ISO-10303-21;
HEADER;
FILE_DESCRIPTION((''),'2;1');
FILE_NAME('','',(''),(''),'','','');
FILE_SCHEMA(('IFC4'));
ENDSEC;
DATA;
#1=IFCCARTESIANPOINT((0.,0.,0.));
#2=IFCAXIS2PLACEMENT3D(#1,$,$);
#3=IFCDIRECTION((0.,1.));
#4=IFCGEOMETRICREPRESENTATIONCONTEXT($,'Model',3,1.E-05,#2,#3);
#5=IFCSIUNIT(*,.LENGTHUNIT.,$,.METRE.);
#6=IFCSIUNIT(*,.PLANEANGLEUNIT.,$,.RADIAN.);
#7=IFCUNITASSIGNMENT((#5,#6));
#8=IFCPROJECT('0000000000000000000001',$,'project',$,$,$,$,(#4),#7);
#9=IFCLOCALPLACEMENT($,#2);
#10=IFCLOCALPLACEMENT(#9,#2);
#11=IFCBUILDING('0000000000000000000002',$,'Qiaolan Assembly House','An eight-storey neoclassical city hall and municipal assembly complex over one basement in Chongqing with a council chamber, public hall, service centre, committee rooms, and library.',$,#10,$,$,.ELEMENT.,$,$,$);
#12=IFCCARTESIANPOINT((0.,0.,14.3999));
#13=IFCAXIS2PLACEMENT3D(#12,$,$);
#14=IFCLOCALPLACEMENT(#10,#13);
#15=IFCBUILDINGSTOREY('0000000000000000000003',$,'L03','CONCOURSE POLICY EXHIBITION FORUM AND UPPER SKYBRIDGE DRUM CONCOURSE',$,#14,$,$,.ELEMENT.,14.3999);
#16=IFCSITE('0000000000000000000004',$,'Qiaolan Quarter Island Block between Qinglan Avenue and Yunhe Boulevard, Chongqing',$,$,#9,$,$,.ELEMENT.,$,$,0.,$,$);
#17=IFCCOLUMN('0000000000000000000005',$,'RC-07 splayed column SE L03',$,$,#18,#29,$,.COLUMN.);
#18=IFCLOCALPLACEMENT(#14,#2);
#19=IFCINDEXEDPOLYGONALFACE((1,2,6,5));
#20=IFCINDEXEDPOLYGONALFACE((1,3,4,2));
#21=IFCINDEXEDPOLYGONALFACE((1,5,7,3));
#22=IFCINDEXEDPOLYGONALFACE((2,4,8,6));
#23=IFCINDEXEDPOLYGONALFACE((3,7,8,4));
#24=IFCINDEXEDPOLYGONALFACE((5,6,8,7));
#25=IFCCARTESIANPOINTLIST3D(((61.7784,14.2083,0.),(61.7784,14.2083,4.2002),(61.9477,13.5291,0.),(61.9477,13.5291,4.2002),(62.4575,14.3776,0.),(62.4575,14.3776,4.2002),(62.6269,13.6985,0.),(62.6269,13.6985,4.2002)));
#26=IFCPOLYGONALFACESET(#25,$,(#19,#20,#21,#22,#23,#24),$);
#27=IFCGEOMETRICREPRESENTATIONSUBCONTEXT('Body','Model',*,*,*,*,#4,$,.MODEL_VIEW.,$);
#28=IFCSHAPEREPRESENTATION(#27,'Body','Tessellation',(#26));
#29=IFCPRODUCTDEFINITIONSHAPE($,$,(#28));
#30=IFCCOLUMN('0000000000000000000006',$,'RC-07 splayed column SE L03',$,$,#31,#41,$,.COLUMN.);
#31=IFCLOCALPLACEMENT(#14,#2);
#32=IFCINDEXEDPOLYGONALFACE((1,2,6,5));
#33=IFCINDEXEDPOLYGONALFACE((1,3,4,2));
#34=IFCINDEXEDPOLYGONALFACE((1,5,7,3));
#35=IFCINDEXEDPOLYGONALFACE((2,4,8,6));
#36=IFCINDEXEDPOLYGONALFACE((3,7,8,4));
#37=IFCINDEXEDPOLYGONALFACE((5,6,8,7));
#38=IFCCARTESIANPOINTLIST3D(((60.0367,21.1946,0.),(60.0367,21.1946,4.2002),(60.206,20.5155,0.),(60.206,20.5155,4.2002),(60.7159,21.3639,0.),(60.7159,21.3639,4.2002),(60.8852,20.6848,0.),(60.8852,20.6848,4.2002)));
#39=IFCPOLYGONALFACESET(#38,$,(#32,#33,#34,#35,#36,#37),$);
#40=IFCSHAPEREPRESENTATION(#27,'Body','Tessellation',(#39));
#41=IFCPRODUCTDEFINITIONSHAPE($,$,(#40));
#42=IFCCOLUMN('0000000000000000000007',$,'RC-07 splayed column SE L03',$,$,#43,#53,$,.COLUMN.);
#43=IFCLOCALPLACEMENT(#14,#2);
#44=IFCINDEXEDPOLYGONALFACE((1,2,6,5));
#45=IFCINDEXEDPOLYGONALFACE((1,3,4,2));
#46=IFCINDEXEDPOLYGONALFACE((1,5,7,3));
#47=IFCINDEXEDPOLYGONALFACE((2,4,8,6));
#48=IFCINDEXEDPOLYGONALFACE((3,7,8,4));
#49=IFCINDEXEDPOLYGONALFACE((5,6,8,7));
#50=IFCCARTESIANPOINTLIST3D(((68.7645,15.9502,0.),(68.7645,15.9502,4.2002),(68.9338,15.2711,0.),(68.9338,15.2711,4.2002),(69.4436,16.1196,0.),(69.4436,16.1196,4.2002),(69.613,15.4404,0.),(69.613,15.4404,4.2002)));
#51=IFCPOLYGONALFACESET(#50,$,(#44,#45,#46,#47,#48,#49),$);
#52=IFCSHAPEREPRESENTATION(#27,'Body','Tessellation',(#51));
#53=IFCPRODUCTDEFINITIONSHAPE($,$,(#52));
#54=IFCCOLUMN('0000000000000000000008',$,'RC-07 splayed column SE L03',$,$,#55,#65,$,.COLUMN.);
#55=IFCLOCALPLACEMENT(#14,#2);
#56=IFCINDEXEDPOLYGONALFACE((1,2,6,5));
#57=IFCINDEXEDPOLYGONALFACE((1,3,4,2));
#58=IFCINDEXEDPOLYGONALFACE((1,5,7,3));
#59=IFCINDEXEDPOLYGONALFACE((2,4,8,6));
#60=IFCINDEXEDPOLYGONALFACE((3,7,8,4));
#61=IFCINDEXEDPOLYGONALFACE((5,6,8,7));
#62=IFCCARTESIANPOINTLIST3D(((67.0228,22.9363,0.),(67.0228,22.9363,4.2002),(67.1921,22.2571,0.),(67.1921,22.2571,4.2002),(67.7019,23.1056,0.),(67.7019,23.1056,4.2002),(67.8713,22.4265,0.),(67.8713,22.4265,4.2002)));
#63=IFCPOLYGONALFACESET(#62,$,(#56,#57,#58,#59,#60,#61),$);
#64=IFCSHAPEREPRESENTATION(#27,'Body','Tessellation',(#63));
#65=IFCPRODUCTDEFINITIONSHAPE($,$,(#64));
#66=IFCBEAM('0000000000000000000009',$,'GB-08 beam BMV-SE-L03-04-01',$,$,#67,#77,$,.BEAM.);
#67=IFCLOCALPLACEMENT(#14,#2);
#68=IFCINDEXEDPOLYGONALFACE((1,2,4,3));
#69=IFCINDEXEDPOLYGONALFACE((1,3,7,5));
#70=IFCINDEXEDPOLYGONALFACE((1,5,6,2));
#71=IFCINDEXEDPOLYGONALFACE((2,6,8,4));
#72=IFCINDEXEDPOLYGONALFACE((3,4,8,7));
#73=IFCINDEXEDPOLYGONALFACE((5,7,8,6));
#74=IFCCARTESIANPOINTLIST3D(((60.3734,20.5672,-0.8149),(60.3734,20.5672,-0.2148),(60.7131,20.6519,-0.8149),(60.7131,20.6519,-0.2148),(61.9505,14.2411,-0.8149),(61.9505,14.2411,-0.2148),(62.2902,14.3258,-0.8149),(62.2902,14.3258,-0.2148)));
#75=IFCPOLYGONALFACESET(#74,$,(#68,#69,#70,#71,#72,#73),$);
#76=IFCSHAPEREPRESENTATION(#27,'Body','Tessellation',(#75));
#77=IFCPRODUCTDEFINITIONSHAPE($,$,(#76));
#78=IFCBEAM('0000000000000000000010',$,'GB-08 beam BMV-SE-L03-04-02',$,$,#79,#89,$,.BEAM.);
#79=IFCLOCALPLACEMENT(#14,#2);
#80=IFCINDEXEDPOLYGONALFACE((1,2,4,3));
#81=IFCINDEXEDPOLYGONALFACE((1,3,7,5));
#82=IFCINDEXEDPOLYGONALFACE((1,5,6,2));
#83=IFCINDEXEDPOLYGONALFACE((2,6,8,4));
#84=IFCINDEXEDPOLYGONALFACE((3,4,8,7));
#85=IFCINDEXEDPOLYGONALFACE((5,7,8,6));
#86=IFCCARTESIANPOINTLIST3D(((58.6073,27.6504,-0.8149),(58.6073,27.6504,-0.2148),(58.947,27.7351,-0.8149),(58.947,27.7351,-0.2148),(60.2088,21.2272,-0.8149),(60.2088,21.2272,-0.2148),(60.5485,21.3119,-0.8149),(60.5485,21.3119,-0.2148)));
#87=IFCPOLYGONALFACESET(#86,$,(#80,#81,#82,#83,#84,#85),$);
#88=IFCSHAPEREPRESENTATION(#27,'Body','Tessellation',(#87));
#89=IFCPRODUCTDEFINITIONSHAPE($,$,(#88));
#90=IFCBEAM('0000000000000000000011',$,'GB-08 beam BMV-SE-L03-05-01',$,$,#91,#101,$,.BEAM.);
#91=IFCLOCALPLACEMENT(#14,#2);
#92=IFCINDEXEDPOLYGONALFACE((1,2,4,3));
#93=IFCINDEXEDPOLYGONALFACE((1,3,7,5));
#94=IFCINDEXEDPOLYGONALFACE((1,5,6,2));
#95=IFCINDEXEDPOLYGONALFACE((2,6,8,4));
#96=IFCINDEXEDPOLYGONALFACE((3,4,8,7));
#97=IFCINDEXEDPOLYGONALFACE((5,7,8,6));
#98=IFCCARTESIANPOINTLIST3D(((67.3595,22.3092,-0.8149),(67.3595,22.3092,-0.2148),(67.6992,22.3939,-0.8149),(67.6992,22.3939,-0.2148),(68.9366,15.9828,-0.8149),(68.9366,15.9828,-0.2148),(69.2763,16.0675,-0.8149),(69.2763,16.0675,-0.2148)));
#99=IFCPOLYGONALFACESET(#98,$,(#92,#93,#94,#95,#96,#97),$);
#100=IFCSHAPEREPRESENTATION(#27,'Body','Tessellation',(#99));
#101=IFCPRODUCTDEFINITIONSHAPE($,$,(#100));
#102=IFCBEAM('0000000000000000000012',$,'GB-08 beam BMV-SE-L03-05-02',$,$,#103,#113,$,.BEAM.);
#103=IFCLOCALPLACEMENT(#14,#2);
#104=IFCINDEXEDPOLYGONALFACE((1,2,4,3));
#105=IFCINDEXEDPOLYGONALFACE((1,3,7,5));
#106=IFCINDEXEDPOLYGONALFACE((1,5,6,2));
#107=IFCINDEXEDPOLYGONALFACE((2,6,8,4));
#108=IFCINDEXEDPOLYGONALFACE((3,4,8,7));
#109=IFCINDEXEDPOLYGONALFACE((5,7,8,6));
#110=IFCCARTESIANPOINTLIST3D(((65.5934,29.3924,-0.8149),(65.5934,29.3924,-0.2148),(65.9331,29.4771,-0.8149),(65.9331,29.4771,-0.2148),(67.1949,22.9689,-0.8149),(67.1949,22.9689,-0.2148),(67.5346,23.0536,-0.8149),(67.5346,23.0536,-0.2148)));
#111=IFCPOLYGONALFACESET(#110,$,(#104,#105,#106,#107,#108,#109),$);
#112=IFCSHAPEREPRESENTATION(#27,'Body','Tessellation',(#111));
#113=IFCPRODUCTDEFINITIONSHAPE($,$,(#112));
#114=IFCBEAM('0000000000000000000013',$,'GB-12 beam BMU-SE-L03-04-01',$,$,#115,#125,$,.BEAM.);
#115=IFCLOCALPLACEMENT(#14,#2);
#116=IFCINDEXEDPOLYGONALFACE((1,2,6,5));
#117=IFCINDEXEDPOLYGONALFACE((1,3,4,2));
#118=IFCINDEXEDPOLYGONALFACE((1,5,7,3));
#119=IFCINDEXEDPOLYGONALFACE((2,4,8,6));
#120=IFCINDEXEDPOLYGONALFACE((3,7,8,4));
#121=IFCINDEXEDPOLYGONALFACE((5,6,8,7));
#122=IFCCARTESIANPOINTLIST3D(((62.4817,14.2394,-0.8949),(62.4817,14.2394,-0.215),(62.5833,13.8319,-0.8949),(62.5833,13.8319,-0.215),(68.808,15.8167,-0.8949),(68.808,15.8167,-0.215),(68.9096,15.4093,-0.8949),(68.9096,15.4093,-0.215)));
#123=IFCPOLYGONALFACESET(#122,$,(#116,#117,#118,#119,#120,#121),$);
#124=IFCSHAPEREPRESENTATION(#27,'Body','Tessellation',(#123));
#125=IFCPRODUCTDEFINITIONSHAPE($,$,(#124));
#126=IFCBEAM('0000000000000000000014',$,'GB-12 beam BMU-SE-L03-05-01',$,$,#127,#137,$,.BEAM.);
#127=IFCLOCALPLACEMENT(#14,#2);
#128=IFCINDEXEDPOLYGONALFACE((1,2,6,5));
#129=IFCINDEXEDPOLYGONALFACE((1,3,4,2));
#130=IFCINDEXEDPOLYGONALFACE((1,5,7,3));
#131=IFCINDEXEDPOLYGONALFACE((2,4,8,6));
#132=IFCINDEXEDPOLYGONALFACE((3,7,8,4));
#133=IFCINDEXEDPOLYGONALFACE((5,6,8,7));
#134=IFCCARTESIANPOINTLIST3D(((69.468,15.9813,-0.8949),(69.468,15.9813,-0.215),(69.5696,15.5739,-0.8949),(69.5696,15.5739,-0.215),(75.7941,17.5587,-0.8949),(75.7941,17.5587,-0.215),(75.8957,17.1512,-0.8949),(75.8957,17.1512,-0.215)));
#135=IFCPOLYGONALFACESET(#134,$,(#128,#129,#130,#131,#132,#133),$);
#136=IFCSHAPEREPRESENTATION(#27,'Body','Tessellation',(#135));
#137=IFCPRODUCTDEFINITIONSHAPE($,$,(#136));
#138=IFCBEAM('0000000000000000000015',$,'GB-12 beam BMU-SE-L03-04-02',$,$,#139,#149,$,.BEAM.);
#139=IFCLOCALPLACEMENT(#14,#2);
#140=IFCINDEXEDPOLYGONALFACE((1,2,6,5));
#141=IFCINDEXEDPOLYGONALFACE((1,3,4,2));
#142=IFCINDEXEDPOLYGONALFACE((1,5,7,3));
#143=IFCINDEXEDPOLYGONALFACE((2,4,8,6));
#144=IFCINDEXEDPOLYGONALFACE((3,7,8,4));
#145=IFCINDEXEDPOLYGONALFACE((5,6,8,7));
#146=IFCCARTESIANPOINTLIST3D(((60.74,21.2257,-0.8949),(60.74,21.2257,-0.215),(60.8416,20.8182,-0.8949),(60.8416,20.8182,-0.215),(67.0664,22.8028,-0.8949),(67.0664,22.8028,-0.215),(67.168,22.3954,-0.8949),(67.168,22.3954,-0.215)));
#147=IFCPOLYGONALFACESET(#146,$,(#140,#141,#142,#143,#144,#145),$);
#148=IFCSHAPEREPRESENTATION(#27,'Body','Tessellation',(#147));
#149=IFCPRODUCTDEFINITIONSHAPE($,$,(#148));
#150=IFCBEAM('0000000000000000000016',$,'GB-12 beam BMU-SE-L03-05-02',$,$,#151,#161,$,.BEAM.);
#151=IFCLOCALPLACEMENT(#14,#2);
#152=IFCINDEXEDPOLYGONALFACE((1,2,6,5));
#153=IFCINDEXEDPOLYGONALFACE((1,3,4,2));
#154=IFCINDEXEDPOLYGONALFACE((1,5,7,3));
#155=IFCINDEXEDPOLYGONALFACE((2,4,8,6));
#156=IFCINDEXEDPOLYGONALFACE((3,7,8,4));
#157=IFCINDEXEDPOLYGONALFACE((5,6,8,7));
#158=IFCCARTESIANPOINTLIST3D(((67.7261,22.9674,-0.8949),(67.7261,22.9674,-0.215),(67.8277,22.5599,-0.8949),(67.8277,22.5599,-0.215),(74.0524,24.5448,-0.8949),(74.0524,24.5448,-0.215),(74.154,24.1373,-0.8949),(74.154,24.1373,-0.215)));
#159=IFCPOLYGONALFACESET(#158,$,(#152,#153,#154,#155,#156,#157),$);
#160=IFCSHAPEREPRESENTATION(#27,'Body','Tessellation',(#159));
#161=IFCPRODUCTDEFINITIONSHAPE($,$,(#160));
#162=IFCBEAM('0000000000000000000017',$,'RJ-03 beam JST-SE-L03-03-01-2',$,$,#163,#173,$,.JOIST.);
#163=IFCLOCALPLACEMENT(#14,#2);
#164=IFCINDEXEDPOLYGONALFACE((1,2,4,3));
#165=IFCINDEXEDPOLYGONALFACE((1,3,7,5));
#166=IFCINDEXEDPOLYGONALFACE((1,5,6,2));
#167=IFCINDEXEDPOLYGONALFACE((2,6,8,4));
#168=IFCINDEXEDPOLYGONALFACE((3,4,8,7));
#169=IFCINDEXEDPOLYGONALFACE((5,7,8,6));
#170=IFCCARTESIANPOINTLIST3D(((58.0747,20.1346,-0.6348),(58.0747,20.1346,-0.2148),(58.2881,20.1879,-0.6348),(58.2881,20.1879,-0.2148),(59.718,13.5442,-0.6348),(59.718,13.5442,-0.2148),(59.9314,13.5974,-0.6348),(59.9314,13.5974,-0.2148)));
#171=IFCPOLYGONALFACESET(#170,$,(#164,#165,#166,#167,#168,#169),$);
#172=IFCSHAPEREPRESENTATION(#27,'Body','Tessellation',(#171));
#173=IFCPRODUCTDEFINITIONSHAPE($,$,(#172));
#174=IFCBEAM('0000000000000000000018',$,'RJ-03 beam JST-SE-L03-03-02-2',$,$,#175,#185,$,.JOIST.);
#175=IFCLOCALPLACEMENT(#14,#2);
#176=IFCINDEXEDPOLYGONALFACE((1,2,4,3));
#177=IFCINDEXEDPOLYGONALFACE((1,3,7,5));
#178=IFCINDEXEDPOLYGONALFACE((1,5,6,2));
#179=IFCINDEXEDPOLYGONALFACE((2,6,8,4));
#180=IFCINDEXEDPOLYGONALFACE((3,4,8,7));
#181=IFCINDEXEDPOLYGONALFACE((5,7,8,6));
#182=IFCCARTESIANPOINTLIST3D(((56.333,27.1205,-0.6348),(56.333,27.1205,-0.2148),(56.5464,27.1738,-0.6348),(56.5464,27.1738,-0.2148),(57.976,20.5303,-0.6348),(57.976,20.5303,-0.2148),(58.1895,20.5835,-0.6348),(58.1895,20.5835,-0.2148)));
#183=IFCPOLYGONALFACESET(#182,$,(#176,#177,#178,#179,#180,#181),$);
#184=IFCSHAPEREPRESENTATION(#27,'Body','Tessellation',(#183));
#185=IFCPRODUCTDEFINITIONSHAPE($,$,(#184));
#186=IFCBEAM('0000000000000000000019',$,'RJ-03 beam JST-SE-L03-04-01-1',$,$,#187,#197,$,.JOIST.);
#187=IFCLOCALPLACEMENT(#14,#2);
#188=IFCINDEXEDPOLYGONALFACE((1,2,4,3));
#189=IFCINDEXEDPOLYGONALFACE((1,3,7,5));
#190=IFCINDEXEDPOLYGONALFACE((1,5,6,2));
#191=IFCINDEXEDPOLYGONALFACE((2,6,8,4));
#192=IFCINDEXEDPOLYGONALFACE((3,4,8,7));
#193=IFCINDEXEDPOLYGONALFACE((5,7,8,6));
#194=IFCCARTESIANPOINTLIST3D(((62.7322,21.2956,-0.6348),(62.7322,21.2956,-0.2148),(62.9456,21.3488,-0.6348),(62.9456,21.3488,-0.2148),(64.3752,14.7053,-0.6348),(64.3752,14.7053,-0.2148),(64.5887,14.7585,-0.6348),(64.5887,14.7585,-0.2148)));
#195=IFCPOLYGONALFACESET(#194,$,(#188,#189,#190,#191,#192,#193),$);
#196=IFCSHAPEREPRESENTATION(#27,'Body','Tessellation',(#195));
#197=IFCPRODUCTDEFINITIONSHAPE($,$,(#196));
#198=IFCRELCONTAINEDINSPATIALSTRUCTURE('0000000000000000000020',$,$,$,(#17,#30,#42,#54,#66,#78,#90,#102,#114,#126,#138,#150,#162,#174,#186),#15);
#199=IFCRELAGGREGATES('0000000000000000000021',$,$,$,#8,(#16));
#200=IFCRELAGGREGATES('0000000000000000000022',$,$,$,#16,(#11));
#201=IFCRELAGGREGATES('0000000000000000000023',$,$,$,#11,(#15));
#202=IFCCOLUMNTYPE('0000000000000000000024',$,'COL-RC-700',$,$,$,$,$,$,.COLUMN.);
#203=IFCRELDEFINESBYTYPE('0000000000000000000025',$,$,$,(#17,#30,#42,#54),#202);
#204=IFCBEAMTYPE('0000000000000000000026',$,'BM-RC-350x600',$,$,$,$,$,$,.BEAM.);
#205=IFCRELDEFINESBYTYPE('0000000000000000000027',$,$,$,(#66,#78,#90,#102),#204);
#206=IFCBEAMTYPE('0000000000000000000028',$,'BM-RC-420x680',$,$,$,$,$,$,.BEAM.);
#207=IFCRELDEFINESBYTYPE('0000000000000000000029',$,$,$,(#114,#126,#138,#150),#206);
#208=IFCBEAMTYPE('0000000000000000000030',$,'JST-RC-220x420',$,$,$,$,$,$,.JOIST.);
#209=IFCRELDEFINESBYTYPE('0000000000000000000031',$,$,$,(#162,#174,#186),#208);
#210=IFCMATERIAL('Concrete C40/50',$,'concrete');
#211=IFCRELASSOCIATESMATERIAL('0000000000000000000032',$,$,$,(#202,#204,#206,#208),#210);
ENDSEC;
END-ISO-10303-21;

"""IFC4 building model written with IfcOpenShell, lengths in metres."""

from ifc_helpers import new_model, si_unit, direction, frame, origin, origin_2d, place, context, subcontext, project, spatial, rectangle, extrude, material, material_profile, profile_set, type_object, element, save


model = new_model("IFC4")

# Units and contexts
model_context = context("Model", 3, precision=1e-05, world=origin(), true_north=direction((0.0, 1.0)))
body_context = subcontext(model_context, "Body", "Model", "MODEL_VIEW")
ifc_project = project(units=[si_unit("LENGTHUNIT", "METRE"), si_unit("PLANEANGLEUNIT", "RADIAN")], contexts=[model_context])

# Site, building, storey
site_placement = place(None, origin())
site = spatial("IfcSite", under=ifc_project, at=site_placement, Name="Qiaolan Quarter Island Block between Qinglan Avenue and Yunhe Boulevard, Chongqing", CompositionType="ELEMENT", RefElevation=0.0)
building_placement = place(site_placement, origin())
building = spatial("IfcBuilding", under=site, at=building_placement, Name="Qiaolan Assembly House", Description="An eight-storey neoclassical city hall and municipal assembly complex over one basement in Chongqing with a council chamber, public hall, service centre, committee rooms, and library.", CompositionType="ELEMENT")
storey_placement = place(building_placement, frame((0.0, 0.0, 14.3999)))
storey = spatial("IfcBuildingStorey", under=building, at=storey_placement, Name="L03", Description="CONCOURSE POLICY EXHIBITION FORUM AND UPPER SKYBRIDGE DRUM CONCOURSE", CompositionType="ELEMENT", Elevation=14.3999)

# Columns
ifc_material = material(Name="Concrete C40/50", Category="concrete")
ifc_material_profile_1 = material_profile(ifc_material, rectangle(XDim=0.7, YDim=0.7, at=origin_2d()), Name="RC 700x700")
ifc_profile_set_1 = profile_set([ifc_material_profile_1], Name="Concrete C40/50")
column_type = type_object("IfcColumnType", Name="COL-RC-700", PredefinedType="COLUMN", material=ifc_profile_set_1)
for number, where, z_axis, x_axis, name in (
    (1, (62.2026, 13.9534, 0.0), (0.0, 0.0, 1.0), (0.970296, 0.241922, 0.0), "RC-07 splayed column SE L03"),
    (2, (60.4609, 20.9397, 0.0), (0.0, 0.0, 1.0), (0.970296, 0.241922, 0.0), "RC-07 splayed column SE L03"),
    (3, (69.1887, 15.6953, 0.0), (0.0, 0.0, 1.0), (0.970296, 0.241922, 0.0), "RC-07 splayed column SE L03"),
    (4, (67.447, 22.6814, 0.0), (0.0, 0.0, 1.0), (0.970296, 0.241922, 0.0), "RC-07 splayed column SE L03"),
):
    element("IfcColumn", number, at=place(storey_placement, frame(where, z_axis=z_axis, x_axis=x_axis)), inside=storey, type_object=column_type, Name=name, PredefinedType="COLUMN", context=body_context, shape_type="SweptSolid", body=[
        extrude(rectangle(XDim=0.7, YDim=0.7, at=origin_2d()), origin(), (0.0, 0.0, 1.0), 4.2002),
    ])

# Beams
ifc_material_profile_2 = material_profile(ifc_material, rectangle(XDim=0.3501, YDim=0.6001, at=origin_2d()), Name="RCB 350x600")
ifc_profile_set_2 = profile_set([ifc_material_profile_2], Name="Concrete C40/50")
beam_type_1 = type_object("IfcBeamType", Name="BM-RC-350x600", PredefinedType="BEAM", material=ifc_profile_set_2)
beam_1_placement = place(storey_placement, frame((62.1204, 14.2834, -0.5149), z_axis=(-0.241901, 0.970301, 0.0), x_axis=(-0.970301, -0.241901, 0.0)))
element("IfcBeam", 5, at=beam_1_placement, inside=storey, type_object=beam_type_1, Name="GB-08 beam BMV-SE-L03-04-01", PredefinedType="BEAM", context=body_context, shape_type="SweptSolid", body=[
    extrude(rectangle(XDim=0.3501, YDim=0.6001, at=origin_2d()), origin(), (0.0, 0.0, 1.0), 6.5198),
])
beam_2_placement = place(storey_placement, frame((60.3787, 21.2695, -0.5149), z_axis=(-0.241928, 0.970294, 0.0), x_axis=(-0.970294, -0.241928, 0.0)))
element("IfcBeam", 6, at=beam_2_placement, inside=storey, type_object=beam_type_1, Name="GB-08 beam BMV-SE-L03-04-02", PredefinedType="BEAM", context=body_context, shape_type="SweptSolid", body=[
    extrude(rectangle(XDim=0.3501, YDim=0.6001, at=origin_2d()), origin(), (0.0, 0.0, 1.0), 6.6199),
])
beam_3_placement = place(storey_placement, frame((69.1064, 16.0251, -0.5149), z_axis=(-0.241892, 0.970303, 0.0), x_axis=(-0.970303, -0.241892, 0.0)))
element("IfcBeam", 7, at=beam_3_placement, inside=storey, type_object=beam_type_1, Name="GB-08 beam BMV-SE-L03-05-01", PredefinedType="BEAM", context=body_context, shape_type="SweptSolid", body=[
    extrude(rectangle(XDim=0.3501, YDim=0.6001, at=origin_2d()), origin(), (0.0, 0.0, 1.0), 6.52),
])
beam_4_placement = place(storey_placement, frame((67.3647, 23.0112, -0.5149), z_axis=(-0.241919, 0.970296, 0.0), x_axis=(-0.970296, -0.241919, 0.0)))
element("IfcBeam", 8, at=beam_4_placement, inside=storey, type_object=beam_type_1, Name="GB-08 beam BMV-SE-L03-05-02", PredefinedType="BEAM", context=body_context, shape_type="SweptSolid", body=[
    extrude(rectangle(XDim=0.3501, YDim=0.6001, at=origin_2d()), origin(), (0.0, 0.0, 1.0), 6.6201),
])
ifc_material_profile_3 = material_profile(ifc_material, rectangle(XDim=0.4199, YDim=0.6799, at=origin_2d()), Name="RCB 420x680")
ifc_profile_set_3 = profile_set([ifc_material_profile_3], Name="Concrete C40/50")
beam_type_2 = type_object("IfcBeamType", Name="BM-RC-420x680", PredefinedType="BEAM", material=ifc_profile_set_3)
beam_5_placement = place(storey_placement, frame((62.5325, 14.0356, -0.5549), z_axis=(0.970294, 0.241928, 0.0), x_axis=(-0.241928, 0.970294, 0.0)))
element("IfcBeam", 9, at=beam_5_placement, inside=storey, type_object=beam_type_2, Name="GB-12 beam BMU-SE-L03-04-01", PredefinedType="BEAM", context=body_context, shape_type="SweptSolid", body=[
    extrude(rectangle(XDim=0.4199, YDim=0.6799, at=origin_2d()), origin(), (0.0, 0.0, 1.0), 6.52),
])
beam_6_placement = place(storey_placement, frame((69.5188, 15.7776, -0.5549), z_axis=(0.970292, 0.241936, 0.0), x_axis=(-0.241936, 0.970292, 0.0)))
element("IfcBeam", 10, at=beam_6_placement, inside=storey, type_object=beam_type_2, Name="GB-12 beam BMU-SE-L03-05-01", PredefinedType="BEAM", context=body_context, shape_type="SweptSolid", body=[
    extrude(rectangle(XDim=0.4199, YDim=0.6799, at=origin_2d()), origin(), (0.0, 0.0, 1.0), 6.5198),
])
for number, where, z_axis, x_axis, name in (
    (11, (60.7908, 21.022, -0.5549), (0.970303, 0.241892, 0.0), (-0.241892, 0.970303, 0.0), "GB-12 beam BMU-SE-L03-04-02"),
    (12, (67.7769, 22.7637, -0.5549), (0.970294, 0.241928, 0.0), (-0.241928, 0.970294, 0.0), "GB-12 beam BMU-SE-L03-05-02"),
):
    element("IfcBeam", number, at=place(storey_placement, frame(where, z_axis=z_axis, x_axis=x_axis)), inside=storey, type_object=beam_type_2, Name=name, PredefinedType="BEAM", context=body_context, shape_type="SweptSolid", body=[
        extrude(rectangle(XDim=0.4199, YDim=0.6799, at=origin_2d()), origin(), (0.0, 0.0, 1.0), 6.52),
    ])
ifc_material_profile_4 = material_profile(ifc_material, rectangle(XDim=0.22, YDim=0.4199, at=origin_2d()), Name="RCB 220x420")
ifc_profile_set_4 = profile_set([ifc_material_profile_4], Name="Concrete C40/50")
beam_type_3 = type_object("IfcBeamType", Name="JST-RC-220x420", PredefinedType="JOIST", material=ifc_profile_set_4)
beam_7_placement = place(storey_placement, frame((59.8247, 13.5708, -0.4248), z_axis=(-0.241944, 0.97029, 0.0), x_axis=(-0.97029, -0.241944, 0.0)))
element("IfcBeam", 13, at=beam_7_placement, inside=storey, type_object=beam_type_3, Name="RJ-03 beam JST-SE-L03-03-01-2", PredefinedType="JOIST", context=body_context, shape_type="SweptSolid", body=[
    extrude(rectangle(XDim=0.22, YDim=0.4199, at=origin_2d()), origin(), (0.0, 0.0, 1.0), 6.7922),
])
for number, where, z_axis, x_axis, name in (
    (14, (58.0828, 20.5569, -0.4248), (-0.24191, 0.970299, 0.0), (-0.970299, -0.24191, 0.0), "RJ-03 beam JST-SE-L03-03-02-2"),
    (15, (64.4819, 14.7319, -0.4248), (-0.24191, 0.970299, 0.0), (-0.970299, -0.24191, 0.0), "RJ-03 beam JST-SE-L03-04-01-1"),
):
    element("IfcBeam", number, at=place(storey_placement, frame(where, z_axis=z_axis, x_axis=x_axis)), inside=storey, type_object=beam_type_3, Name=name, PredefinedType="JOIST", context=body_context, shape_type="SweptSolid", body=[
        extrude(rectangle(XDim=0.22, YDim=0.4199, at=origin_2d()), origin(), (0.0, 0.0, 1.0), 6.792),
    ])

save(model, "model.ifc")
